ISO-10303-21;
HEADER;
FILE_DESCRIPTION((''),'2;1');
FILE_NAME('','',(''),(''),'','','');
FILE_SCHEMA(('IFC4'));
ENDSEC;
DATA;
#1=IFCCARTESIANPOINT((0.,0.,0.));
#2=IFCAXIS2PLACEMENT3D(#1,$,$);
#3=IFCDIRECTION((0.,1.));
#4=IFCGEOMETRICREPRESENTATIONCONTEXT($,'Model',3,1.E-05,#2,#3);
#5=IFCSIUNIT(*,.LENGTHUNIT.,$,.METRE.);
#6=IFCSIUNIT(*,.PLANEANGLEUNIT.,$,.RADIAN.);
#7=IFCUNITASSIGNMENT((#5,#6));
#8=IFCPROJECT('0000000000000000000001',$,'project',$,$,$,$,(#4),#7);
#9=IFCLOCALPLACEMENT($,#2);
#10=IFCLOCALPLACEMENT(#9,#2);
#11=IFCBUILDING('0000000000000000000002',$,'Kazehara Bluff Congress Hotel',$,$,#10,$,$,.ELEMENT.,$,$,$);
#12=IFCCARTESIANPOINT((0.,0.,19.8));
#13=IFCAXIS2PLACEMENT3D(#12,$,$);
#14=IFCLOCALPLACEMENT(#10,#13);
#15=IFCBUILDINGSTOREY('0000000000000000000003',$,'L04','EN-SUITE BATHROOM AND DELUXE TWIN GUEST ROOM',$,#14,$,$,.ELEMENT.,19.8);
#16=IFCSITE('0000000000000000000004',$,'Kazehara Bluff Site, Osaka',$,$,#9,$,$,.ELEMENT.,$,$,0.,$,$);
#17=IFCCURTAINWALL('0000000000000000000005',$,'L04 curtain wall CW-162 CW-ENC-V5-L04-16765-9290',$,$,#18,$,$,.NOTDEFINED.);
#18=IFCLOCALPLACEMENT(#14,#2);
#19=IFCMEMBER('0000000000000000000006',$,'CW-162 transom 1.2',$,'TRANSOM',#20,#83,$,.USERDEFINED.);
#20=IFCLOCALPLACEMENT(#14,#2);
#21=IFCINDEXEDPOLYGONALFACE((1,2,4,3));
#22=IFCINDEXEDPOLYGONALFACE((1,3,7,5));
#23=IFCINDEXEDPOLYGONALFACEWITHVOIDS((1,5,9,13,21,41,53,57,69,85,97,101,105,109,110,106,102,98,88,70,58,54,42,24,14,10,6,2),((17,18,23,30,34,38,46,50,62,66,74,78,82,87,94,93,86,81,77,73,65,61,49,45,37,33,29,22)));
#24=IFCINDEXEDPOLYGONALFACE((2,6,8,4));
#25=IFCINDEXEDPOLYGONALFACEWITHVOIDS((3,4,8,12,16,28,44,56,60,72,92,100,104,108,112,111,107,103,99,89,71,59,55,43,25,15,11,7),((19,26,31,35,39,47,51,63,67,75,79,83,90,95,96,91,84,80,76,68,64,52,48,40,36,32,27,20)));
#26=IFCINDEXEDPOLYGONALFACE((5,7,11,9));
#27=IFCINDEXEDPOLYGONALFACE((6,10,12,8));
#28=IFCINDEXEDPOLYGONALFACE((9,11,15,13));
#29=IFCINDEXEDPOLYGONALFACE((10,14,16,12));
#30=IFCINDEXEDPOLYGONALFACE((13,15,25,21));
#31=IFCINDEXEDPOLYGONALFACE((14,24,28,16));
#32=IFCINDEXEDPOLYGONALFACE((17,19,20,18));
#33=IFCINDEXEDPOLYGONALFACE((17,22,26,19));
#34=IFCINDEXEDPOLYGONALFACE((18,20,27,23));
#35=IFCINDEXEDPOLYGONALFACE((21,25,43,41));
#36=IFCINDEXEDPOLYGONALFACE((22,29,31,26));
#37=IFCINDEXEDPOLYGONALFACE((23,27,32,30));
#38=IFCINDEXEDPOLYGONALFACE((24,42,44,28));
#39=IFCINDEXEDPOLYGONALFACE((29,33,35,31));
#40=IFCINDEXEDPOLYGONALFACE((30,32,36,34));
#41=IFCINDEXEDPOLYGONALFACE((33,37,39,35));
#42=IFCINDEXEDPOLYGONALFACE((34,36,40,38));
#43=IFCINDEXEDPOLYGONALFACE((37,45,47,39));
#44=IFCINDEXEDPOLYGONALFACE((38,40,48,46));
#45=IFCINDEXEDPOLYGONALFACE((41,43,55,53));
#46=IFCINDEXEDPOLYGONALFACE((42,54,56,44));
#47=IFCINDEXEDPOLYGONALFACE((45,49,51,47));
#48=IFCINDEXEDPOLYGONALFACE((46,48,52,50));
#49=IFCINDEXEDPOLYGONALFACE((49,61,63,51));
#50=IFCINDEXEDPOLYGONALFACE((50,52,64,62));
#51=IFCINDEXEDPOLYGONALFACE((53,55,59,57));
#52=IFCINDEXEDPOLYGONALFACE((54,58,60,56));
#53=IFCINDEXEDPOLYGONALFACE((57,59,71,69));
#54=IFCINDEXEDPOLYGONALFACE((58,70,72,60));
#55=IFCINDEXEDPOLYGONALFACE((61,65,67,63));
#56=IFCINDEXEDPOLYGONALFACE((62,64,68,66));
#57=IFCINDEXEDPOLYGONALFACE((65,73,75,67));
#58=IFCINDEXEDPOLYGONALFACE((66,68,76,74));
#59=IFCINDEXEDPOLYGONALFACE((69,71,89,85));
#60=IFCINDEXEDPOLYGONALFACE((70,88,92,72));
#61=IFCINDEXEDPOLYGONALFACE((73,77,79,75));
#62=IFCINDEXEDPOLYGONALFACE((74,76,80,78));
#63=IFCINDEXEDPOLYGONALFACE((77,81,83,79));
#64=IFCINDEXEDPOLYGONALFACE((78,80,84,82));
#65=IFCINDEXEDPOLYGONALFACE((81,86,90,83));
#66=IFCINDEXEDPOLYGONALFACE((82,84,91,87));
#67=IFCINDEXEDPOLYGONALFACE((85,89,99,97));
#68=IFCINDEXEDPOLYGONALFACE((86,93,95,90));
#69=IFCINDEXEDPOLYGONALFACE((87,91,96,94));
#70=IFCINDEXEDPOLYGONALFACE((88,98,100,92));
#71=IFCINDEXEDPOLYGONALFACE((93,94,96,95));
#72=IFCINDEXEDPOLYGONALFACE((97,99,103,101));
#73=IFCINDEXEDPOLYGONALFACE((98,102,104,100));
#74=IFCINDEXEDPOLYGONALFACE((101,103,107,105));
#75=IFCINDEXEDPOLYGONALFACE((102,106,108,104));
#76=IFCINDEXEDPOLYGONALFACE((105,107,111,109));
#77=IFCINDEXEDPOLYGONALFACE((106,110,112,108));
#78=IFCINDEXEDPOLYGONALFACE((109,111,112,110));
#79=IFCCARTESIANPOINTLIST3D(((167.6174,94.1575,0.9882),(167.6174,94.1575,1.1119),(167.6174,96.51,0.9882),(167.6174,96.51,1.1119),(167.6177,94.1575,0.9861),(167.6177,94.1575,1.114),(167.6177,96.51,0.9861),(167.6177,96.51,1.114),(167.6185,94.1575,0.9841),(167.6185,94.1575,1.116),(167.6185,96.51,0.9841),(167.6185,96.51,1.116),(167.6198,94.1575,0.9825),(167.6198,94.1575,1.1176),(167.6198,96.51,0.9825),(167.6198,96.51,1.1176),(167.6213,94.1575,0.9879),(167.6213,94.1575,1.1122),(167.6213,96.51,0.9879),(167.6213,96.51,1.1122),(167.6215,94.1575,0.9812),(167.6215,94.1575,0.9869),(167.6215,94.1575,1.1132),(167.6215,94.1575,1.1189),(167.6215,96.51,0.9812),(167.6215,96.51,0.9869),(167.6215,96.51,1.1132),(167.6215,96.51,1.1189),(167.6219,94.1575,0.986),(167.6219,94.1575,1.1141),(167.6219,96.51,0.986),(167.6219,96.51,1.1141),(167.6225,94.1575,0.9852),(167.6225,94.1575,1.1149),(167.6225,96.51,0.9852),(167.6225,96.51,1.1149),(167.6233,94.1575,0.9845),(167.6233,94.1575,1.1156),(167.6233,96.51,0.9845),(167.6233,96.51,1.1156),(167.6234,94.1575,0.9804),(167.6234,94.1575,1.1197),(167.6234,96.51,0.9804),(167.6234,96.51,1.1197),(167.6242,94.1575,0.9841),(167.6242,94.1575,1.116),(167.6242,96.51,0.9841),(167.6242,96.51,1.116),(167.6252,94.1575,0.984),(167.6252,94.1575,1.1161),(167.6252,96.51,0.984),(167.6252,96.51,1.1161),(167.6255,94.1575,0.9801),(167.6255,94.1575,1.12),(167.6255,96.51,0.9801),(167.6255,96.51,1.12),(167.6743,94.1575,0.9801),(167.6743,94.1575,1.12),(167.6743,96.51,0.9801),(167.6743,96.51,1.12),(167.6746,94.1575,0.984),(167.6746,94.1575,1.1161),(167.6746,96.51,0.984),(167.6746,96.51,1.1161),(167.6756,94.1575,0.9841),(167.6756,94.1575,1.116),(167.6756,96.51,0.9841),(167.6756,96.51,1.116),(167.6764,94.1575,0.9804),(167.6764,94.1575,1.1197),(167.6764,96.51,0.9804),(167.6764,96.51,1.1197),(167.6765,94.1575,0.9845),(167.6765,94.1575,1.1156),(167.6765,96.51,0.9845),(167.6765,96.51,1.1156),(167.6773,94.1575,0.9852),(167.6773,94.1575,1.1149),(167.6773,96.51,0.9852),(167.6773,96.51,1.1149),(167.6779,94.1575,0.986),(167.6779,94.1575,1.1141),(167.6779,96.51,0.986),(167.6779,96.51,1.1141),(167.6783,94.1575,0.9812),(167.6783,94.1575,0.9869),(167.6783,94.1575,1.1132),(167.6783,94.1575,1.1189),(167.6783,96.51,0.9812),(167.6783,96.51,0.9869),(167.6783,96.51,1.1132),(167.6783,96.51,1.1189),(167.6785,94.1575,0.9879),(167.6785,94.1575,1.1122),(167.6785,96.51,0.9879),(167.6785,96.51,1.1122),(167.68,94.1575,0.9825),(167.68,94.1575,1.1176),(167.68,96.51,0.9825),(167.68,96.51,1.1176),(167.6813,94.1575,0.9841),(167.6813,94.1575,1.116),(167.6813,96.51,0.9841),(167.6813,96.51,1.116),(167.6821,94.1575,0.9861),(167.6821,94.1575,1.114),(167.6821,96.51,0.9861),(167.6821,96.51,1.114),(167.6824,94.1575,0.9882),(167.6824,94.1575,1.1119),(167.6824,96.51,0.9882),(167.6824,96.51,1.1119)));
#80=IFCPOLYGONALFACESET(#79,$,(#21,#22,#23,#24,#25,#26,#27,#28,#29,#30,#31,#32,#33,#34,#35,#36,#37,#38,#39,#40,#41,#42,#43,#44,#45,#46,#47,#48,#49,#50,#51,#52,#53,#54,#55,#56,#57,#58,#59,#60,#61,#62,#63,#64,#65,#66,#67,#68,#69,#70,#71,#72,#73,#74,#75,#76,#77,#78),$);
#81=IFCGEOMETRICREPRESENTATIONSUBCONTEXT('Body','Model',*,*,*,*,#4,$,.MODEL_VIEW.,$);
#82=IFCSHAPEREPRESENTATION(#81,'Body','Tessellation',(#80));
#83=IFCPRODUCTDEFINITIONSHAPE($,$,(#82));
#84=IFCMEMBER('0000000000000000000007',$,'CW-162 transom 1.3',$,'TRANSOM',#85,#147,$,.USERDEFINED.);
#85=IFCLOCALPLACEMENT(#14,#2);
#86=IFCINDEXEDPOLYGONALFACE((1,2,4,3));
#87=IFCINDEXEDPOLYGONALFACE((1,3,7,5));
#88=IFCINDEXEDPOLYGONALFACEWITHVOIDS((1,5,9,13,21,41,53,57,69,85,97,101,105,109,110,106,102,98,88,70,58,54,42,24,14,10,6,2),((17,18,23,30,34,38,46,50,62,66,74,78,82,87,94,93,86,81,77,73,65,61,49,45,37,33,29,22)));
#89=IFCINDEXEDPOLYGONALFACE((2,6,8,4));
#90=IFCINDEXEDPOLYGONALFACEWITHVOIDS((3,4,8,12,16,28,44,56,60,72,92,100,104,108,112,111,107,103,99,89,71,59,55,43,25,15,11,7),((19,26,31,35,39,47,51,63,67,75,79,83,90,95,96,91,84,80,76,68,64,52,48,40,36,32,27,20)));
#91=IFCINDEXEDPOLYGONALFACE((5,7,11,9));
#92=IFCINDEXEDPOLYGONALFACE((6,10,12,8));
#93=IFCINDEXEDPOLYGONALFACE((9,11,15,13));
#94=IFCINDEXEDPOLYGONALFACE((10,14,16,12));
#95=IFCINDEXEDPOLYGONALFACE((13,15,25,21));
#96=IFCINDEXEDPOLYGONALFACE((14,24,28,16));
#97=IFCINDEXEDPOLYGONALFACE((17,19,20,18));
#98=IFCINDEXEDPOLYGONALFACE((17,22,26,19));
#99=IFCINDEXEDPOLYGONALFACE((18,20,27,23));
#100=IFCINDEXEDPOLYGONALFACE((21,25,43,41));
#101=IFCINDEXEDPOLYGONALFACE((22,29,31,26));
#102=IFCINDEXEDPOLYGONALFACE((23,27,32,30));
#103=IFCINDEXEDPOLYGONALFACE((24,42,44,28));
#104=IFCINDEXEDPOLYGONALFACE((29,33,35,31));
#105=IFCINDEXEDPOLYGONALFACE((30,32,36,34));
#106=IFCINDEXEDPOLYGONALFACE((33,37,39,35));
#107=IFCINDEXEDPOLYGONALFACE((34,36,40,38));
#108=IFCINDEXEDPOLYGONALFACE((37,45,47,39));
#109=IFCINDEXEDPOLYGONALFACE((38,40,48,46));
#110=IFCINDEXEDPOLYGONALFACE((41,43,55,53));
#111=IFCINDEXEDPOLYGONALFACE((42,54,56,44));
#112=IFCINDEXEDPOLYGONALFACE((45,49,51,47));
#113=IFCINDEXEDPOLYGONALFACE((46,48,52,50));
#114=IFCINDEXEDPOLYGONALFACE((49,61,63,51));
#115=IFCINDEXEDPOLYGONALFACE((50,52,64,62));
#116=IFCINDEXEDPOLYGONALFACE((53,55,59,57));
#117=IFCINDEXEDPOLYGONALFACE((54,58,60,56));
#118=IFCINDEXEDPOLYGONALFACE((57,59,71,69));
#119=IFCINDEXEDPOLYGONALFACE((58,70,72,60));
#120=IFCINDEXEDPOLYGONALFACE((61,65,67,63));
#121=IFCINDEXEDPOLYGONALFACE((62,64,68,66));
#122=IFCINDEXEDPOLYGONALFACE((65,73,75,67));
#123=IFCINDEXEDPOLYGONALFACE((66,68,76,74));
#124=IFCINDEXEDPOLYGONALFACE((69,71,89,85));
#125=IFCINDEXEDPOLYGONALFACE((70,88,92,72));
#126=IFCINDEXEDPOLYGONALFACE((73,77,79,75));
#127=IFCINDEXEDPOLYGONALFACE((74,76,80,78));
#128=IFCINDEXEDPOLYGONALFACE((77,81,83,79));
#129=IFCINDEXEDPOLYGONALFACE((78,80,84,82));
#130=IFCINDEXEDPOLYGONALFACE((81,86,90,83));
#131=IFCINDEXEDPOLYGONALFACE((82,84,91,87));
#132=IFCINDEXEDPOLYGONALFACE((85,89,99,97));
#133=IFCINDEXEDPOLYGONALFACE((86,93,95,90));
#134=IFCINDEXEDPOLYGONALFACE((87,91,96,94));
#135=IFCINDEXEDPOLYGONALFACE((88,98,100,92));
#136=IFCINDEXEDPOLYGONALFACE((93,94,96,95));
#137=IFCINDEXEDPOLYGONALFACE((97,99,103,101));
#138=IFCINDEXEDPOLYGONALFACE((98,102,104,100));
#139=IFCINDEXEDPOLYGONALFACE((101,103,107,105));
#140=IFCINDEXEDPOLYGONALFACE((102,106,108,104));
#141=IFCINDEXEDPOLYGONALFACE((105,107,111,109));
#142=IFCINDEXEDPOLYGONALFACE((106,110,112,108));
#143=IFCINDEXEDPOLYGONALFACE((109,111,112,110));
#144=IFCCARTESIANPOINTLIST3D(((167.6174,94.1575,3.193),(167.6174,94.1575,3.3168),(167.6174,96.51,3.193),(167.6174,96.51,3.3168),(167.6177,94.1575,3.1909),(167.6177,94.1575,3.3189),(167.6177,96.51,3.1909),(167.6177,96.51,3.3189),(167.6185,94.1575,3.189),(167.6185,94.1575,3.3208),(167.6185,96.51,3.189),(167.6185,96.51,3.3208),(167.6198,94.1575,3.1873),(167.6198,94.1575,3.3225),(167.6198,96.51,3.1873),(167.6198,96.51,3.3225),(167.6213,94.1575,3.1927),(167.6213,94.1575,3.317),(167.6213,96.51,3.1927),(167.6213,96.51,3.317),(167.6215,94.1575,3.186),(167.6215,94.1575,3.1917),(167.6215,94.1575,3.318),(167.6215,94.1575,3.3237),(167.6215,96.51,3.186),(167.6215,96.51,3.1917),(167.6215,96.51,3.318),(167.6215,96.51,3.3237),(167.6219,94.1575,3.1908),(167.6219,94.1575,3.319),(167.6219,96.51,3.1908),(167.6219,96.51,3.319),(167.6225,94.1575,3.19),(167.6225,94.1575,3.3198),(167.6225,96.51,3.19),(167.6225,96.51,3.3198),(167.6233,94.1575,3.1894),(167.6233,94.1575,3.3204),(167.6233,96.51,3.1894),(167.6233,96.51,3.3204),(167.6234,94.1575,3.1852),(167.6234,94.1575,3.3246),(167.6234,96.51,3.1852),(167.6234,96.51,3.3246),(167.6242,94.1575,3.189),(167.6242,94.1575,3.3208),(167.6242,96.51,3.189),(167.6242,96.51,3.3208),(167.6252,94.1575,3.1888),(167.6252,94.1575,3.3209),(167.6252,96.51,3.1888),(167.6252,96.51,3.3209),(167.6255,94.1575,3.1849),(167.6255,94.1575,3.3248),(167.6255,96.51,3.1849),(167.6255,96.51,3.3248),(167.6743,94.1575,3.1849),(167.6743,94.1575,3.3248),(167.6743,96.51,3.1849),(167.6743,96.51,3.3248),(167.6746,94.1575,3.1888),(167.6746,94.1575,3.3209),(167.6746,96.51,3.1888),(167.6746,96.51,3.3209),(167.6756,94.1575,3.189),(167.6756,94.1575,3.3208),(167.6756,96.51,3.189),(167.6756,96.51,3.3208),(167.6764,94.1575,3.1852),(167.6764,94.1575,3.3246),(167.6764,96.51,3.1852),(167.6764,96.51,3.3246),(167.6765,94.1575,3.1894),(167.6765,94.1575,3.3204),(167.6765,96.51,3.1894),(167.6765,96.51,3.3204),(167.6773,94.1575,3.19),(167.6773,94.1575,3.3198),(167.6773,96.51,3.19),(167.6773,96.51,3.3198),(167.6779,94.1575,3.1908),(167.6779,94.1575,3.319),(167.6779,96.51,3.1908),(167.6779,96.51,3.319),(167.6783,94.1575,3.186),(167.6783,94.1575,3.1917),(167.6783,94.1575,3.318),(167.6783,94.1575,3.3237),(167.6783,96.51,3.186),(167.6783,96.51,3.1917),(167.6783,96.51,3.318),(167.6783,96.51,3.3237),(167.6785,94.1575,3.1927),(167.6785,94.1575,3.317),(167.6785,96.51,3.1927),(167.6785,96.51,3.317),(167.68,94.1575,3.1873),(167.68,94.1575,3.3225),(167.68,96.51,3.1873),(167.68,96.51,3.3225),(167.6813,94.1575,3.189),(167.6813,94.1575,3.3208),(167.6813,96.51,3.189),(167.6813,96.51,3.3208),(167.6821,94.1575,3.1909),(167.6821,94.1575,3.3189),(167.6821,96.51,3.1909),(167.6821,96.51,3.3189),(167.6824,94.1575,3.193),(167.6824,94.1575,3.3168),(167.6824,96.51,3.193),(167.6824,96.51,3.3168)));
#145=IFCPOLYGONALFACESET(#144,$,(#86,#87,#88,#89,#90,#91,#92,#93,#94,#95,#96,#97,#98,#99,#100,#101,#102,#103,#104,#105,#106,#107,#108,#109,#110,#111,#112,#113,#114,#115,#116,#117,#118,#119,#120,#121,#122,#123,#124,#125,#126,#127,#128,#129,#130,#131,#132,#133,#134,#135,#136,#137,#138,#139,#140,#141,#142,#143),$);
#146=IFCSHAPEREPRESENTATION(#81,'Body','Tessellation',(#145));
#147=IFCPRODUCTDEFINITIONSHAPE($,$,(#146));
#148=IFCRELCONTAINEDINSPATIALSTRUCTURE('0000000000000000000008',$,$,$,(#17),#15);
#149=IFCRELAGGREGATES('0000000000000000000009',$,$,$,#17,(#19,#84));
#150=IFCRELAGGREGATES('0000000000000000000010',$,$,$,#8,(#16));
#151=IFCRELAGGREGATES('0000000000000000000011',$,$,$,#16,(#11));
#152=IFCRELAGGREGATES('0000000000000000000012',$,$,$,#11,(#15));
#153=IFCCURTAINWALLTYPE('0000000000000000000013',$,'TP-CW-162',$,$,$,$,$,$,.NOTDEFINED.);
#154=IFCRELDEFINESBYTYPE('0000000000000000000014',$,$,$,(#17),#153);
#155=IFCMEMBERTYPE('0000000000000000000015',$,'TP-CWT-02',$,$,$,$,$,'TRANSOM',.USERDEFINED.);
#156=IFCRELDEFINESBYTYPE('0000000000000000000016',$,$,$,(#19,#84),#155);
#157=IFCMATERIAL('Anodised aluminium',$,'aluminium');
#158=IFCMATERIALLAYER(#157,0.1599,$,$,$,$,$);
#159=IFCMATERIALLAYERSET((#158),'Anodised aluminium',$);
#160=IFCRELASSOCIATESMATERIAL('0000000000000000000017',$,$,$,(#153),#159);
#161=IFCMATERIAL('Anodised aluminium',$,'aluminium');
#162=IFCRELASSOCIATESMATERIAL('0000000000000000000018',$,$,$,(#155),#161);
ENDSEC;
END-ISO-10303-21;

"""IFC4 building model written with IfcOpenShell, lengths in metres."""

from ifc_helpers import new_model, si_unit, direction, frame, origin, origin_2d, place, context, subcontext, project, spatial, hollow_rectangle, extrude, material, layer, layer_set, material_profile, profile_set, type_object, element, aggregate, save


model = new_model("IFC4")

# Units and contexts
model_context = context("Model", 3, precision=1e-05, world=origin(), true_north=direction((0.0, 1.0)))
body_context = subcontext(model_context, "Body", "Model", "MODEL_VIEW")
ifc_project = project(units=[si_unit("LENGTHUNIT", "METRE"), si_unit("PLANEANGLEUNIT", "RADIAN")], contexts=[model_context])

# Site, building, storey
site_placement = place(None, origin())
site = spatial("IfcSite", under=ifc_project, at=site_placement, Name="Kazehara Bluff Site, Osaka", CompositionType="ELEMENT", RefElevation=0.0)
building_placement = place(site_placement, origin())
building = spatial("IfcBuilding", under=site, at=building_placement, Name="Kazehara Bluff Congress Hotel", CompositionType="ELEMENT")
storey_placement = place(building_placement, frame((0.0, 0.0, 19.8)))
storey = spatial("IfcBuildingStorey", under=building, at=storey_placement, Name="L04", Description="EN-SUITE BATHROOM AND DELUXE TWIN GUEST ROOM", CompositionType="ELEMENT", Elevation=19.8)

# Curtain wall
ifc_material_1 = material(Name="Anodised aluminium", Category="aluminium")
ifc_layer_1 = layer(ifc_material_1, 0.1599)
ifc_layer_set_1 = layer_set([ifc_layer_1], Name="Anodised aluminium")
curtain_wall_type_1 = type_object("IfcCurtainWallType", Name="TP-CW-162", PredefinedType="NOTDEFINED", material=ifc_layer_set_1)
curtain_wall_1_placement = place(storey_placement, origin())
curtain_wall_1 = element("IfcCurtainWall", 1, at=curtain_wall_1_placement, inside=storey, type_object=curtain_wall_type_1, Name="L04 curtain wall CW-162 CW-ENC-V5-L04-16765-9290", PredefinedType="NOTDEFINED")

# Members
ifc_material_2 = material(Name="Anodised aluminium", Category="aluminium")
ifc_material_profile_1 = material_profile(ifc_material_2, hollow_rectangle(XDim=0.0649, YDim=0.1399, WallThickness=0.0039, InnerFilletRadius=0.0039, OuterFilletRadius=0.0081, at=origin_2d()))
ifc_profile_set_1 = profile_set([ifc_material_profile_1], Name="Anodised aluminium")
member_type_1 = type_object("IfcMemberType", Name="TP-CWT-02", ElementType="TRANSOM", PredefinedType="USERDEFINED", material=ifc_profile_set_1)
member_1_placement = place(storey_placement, frame((167.6499, 96.51, 1.05), z_axis=(0.0, -1.0, 0.0), x_axis=(1.0, 0.0, 0.0)))
member_1 = element("IfcMember", 2, at=member_1_placement, type_object=member_type_1, Name="CW-162 transom 1.2", ObjectType="TRANSOM", PredefinedType="USERDEFINED", context=body_context, shape_type="SweptSolid", body=[
    extrude(hollow_rectangle(XDim=0.0649, YDim=0.1399, WallThickness=0.0039, InnerFilletRadius=0.0039, OuterFilletRadius=0.0081, at=origin_2d()), origin(), (0.0, 0.0, 1.0), 2.3525),
])
member_2_placement = place(storey_placement, frame((167.6499, 96.51, 3.2549), z_axis=(0.0, -1.0, 0.0), x_axis=(1.0, 0.0, 0.0)))
member_2 = element("IfcMember", 3, at=member_2_placement, type_object=member_type_1, Name="CW-162 transom 1.3", ObjectType="TRANSOM", PredefinedType="USERDEFINED", context=body_context, shape_type="SweptSolid", body=[
    extrude(hollow_rectangle(XDim=0.0649, YDim=0.1399, WallThickness=0.0039, InnerFilletRadius=0.0039, OuterFilletRadius=0.0081, at=origin_2d()), origin(), (0.0, 0.0, 1.0), 2.3525),
])

aggregate(curtain_wall_1, [member_1, member_2])

save(model, "model.ifc")
